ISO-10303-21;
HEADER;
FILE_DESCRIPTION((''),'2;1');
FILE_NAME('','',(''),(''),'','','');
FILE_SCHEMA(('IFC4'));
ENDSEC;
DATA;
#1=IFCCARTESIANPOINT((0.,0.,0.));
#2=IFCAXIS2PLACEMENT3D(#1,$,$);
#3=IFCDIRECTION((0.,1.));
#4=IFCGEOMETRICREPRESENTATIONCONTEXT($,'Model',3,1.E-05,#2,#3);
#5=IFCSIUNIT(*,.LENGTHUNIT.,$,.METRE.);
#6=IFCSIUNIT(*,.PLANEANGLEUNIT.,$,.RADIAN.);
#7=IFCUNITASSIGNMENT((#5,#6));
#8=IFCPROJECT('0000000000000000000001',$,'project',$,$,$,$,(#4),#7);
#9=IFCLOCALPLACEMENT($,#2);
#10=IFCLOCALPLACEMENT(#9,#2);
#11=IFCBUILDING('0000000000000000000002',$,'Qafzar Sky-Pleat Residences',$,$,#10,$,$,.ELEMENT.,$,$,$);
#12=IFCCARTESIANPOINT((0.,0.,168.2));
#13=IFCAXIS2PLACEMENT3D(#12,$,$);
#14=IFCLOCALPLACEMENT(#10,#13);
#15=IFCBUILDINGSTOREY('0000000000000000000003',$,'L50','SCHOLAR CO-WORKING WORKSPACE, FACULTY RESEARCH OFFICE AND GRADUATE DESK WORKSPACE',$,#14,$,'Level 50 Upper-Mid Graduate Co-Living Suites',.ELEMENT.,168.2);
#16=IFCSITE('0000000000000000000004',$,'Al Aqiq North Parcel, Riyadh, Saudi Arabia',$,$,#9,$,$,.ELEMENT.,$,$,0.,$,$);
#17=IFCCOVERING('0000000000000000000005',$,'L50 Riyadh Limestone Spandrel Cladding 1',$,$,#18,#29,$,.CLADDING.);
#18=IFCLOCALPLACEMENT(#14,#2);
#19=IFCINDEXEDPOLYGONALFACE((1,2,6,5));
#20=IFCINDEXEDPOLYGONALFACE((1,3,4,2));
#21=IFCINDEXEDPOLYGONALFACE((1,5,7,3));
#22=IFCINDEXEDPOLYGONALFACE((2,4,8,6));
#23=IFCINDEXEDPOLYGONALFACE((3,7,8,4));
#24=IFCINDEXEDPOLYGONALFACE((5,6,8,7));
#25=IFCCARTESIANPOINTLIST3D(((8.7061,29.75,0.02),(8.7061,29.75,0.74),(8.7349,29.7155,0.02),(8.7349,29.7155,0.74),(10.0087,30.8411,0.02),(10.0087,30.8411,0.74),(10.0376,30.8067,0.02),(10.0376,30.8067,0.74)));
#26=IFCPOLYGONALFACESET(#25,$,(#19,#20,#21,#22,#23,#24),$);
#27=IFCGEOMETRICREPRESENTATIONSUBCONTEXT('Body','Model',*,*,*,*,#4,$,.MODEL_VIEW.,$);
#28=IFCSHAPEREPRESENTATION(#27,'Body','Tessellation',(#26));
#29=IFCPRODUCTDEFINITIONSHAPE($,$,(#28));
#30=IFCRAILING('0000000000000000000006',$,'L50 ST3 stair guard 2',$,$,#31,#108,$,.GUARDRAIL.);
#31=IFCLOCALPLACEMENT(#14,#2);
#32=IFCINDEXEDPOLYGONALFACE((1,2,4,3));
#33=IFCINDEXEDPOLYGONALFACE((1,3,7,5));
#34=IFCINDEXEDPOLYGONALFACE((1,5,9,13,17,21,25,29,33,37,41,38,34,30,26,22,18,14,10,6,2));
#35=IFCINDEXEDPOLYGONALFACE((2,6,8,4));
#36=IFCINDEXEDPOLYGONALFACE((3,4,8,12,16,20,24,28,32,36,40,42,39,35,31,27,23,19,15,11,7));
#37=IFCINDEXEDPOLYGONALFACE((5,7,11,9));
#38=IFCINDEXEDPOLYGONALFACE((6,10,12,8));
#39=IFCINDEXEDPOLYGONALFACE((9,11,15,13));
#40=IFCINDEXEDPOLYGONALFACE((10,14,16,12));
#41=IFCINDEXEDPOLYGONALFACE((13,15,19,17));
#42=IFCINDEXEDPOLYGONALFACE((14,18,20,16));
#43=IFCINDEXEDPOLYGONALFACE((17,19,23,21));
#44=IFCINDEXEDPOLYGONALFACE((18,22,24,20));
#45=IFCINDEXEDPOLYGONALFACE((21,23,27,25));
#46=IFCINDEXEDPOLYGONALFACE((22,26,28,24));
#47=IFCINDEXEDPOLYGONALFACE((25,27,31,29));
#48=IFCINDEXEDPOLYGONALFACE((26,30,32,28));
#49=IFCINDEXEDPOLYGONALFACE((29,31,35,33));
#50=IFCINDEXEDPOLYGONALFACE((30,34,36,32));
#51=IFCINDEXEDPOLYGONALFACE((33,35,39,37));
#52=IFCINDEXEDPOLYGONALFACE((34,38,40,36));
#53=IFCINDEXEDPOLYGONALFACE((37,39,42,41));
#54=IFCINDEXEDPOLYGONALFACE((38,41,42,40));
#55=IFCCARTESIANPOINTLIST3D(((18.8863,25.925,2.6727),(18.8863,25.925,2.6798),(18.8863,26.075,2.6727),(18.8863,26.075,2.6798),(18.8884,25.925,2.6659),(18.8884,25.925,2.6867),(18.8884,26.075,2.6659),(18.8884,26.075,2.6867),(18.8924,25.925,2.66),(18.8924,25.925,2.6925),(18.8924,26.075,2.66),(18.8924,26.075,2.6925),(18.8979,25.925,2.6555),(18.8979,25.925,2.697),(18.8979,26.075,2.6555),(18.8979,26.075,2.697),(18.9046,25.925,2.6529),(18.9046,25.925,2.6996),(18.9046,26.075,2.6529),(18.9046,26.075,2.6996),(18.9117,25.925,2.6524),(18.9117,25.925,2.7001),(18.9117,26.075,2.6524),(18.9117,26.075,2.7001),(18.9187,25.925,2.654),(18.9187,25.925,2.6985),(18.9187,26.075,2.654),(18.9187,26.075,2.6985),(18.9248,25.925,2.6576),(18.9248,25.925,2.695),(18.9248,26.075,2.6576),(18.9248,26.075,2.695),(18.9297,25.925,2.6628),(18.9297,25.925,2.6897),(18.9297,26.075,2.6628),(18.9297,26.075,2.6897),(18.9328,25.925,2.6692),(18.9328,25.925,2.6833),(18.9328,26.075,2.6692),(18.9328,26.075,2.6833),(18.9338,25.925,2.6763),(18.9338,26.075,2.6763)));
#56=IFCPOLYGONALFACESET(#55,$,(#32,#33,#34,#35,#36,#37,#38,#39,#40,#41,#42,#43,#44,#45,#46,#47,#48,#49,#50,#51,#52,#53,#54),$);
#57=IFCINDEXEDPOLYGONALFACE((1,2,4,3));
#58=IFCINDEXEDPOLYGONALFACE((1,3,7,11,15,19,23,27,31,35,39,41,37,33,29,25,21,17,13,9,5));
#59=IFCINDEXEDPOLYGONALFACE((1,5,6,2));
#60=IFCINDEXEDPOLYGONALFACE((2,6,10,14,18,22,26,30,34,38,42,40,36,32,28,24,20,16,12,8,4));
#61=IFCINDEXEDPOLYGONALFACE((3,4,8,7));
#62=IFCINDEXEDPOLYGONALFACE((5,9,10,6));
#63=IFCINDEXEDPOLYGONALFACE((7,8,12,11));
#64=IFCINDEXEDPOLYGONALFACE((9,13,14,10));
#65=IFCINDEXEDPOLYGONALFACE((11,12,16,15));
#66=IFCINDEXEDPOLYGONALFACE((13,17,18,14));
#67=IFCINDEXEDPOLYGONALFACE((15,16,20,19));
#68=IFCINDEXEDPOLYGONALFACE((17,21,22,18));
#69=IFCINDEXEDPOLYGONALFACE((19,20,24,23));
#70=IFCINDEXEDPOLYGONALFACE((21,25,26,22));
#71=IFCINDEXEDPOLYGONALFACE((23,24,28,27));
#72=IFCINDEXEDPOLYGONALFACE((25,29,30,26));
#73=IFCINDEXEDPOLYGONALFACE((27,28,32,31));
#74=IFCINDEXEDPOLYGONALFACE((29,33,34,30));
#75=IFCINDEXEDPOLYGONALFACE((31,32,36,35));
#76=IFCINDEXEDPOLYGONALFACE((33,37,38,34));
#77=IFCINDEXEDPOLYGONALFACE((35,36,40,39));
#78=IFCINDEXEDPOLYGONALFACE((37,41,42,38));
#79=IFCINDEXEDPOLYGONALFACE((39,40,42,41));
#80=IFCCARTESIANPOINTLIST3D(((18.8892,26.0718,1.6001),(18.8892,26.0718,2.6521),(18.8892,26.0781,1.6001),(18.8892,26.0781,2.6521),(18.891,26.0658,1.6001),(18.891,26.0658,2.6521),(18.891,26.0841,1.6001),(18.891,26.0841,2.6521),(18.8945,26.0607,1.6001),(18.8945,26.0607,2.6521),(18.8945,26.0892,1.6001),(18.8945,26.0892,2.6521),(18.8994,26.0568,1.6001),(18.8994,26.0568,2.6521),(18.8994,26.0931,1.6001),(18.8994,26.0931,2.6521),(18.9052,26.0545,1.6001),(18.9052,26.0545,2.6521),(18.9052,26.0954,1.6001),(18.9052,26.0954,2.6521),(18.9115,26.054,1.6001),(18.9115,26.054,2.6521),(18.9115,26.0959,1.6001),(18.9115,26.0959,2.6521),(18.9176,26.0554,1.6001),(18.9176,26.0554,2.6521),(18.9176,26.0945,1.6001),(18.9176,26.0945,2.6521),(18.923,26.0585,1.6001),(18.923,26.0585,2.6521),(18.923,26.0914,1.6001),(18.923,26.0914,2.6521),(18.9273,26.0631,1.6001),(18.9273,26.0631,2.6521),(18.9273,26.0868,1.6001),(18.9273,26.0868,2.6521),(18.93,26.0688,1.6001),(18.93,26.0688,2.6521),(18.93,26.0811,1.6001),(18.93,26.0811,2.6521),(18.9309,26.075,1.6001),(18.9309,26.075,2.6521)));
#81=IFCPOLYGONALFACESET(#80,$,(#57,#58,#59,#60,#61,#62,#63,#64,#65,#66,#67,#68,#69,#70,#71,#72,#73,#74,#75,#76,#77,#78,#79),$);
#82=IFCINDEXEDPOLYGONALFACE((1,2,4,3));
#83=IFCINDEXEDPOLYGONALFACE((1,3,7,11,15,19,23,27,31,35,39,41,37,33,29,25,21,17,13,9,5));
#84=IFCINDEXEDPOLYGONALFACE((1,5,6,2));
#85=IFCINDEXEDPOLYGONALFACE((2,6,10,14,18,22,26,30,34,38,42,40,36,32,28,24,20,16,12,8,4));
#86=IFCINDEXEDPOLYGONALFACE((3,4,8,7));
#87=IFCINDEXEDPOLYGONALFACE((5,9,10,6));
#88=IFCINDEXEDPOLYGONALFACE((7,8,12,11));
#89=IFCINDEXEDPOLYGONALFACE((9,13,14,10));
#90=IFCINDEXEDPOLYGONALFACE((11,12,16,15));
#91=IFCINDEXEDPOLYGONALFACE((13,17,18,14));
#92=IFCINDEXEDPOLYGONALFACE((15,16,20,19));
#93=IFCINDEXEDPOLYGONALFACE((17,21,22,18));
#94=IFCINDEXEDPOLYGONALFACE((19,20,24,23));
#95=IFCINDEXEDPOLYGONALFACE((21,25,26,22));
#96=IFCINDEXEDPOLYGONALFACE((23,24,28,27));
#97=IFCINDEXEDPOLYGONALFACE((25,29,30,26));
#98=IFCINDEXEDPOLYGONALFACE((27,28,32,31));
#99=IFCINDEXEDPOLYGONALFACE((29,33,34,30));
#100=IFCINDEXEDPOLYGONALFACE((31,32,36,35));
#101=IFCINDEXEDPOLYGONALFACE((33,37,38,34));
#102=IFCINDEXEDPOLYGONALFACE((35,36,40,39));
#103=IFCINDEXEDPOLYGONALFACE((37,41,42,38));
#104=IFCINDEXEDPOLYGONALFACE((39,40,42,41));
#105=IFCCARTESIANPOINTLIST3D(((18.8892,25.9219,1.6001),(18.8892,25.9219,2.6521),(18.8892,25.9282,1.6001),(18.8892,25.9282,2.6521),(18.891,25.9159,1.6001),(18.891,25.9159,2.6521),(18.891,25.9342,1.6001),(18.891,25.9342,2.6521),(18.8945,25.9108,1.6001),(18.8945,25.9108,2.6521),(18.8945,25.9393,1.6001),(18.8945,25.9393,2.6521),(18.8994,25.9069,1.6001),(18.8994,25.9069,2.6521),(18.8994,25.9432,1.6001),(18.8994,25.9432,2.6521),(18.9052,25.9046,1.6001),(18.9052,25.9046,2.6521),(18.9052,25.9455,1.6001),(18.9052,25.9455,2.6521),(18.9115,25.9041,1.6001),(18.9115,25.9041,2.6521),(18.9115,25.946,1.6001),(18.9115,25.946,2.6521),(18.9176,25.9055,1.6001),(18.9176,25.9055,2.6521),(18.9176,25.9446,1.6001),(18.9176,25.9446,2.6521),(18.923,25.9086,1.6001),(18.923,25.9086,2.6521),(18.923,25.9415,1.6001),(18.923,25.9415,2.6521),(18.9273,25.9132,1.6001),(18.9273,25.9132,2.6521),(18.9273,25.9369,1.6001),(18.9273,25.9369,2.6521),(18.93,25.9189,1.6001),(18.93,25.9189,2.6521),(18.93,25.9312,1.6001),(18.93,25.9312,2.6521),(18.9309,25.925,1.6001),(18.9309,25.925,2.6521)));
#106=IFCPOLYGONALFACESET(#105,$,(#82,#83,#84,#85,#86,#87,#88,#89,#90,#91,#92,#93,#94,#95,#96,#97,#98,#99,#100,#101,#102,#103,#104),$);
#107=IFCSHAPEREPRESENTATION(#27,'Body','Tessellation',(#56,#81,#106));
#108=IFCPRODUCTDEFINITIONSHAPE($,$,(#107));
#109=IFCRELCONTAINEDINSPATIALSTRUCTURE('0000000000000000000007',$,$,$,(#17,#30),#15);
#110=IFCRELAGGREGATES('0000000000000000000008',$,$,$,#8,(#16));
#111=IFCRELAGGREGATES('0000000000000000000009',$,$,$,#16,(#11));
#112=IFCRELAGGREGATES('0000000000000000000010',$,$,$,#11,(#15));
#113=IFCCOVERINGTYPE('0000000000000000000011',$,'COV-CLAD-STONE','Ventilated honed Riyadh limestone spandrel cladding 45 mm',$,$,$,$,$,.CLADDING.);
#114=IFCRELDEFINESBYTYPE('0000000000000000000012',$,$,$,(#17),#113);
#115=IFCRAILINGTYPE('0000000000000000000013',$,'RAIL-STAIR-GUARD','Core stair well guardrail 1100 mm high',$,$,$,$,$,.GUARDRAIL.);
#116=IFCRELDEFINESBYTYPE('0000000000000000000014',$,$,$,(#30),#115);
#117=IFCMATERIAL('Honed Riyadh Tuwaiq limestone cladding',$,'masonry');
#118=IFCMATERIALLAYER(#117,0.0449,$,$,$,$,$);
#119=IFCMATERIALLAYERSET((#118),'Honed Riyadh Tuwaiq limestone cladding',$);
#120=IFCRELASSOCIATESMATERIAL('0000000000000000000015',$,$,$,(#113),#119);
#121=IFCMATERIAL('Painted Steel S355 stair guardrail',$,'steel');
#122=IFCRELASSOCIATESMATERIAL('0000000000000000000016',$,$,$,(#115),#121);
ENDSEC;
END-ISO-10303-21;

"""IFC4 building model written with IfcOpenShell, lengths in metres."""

from ifc_helpers import new_model, si_unit, direction, frame, origin, origin_2d, place, context, subcontext, project, spatial, rectangle, circle, extrude, source, transform, mapped, material, layer, layer_set, type_object, element, save


model = new_model("IFC4")

# Units and contexts
model_context = context("Model", 3, precision=1e-05, world=origin(), true_north=direction((0.0, 1.0)))
body_context = subcontext(model_context, "Body", "Model", "MODEL_VIEW")
ifc_project = project(units=[si_unit("LENGTHUNIT", "METRE"), si_unit("PLANEANGLEUNIT", "RADIAN")], contexts=[model_context])

# Site, building, storey
site_placement = place(None, origin())
site = spatial("IfcSite", under=ifc_project, at=site_placement, Name="Al Aqiq North Parcel, Riyadh, Saudi Arabia", CompositionType="ELEMENT", RefElevation=0.0)
building_placement = place(site_placement, origin())
building = spatial("IfcBuilding", under=site, at=building_placement, Name="Qafzar Sky-Pleat Residences", CompositionType="ELEMENT")
storey_placement = place(building_placement, frame((0.0, 0.0, 168.2)))
storey = spatial("IfcBuildingStorey", under=building, at=storey_placement, Name="L50", Description="SCHOLAR CO-WORKING WORKSPACE, FACULTY RESEARCH OFFICE AND GRADUATE DESK WORKSPACE", LongName="Level 50 Upper-Mid Graduate Co-Living Suites", CompositionType="ELEMENT", Elevation=168.2)

# Covering
ifc_material_1 = material(Name="Honed Riyadh Tuwaiq limestone cladding", Category="masonry")
ifc_layer_1 = layer(ifc_material_1, 0.0449)
ifc_layer_set_1 = layer_set([ifc_layer_1], Name="Honed Riyadh Tuwaiq limestone cladding")
covering_type = type_object("IfcCoveringType", Name="COV-CLAD-STONE", Description="Ventilated honed Riyadh limestone spandrel cladding 45 mm", PredefinedType="CLADDING", material=ifc_layer_set_1)
shared_shape_1 = source(origin(), body_context, "Body", "SweptSolid", [
    extrude(rectangle(XDim=1.6992, YDim=0.0449, at=origin_2d()), origin(), (0.0, 0.0, 1.0), 0.72),
])
covering_placement = place(storey_placement, frame((9.3718, 30.2783, 0.02), z_axis=(0.0, 0.0, 1.0), x_axis=(-0.766595, -0.642131, 0.0)))
element("IfcCovering", 1, at=covering_placement, inside=storey, type_object=covering_type, Name="L50 Riyadh Limestone Spandrel Cladding 1", PredefinedType="CLADDING", context=body_context, shape_type="MappedRepresentation", body=[
    mapped(shared_shape_1, transform((0.0, 0.0, 0.0), x_axis=(1.0, 0.0, 0.0), y_axis=(0.0, 1.0, 0.0), z_axis=(0.0, 0.0, 1.0), scale=1.0)),
])

# Railing
ifc_material_2 = material(Name="Painted Steel S355 stair guardrail", Category="steel")
railing_type = type_object("IfcRailingType", Name="RAIL-STAIR-GUARD", Description="Core stair well guardrail 1100 mm high", PredefinedType="GUARDRAIL", material=ifc_material_2)
shared_shape_2 = source(origin(), body_context, "Body", "SweptSolid", [
    extrude(circle(Radius=0.0239, at=origin_2d()), frame((0.0, 0.0, 1.0762), z_axis=(0.0, -1.0, 0.0), x_axis=(1.0, 0.0, 0.0)), (0.0, 0.0, 1.0), 0.1499),
    extrude(circle(Radius=0.021, at=origin_2d()), origin(), (0.0, 0.0, 1.0), 1.052),
    extrude(circle(Radius=0.021, at=origin_2d()), frame((0.0, -0.1499, 0.0)), (0.0, 0.0, 1.0), 1.052),
])
railing_1_placement = place(storey_placement, frame((18.9099, 26.075, 1.6001)))
element("IfcRailing", 2, at=railing_1_placement, inside=storey, type_object=railing_type, Name="L50 ST3 stair guard 2", PredefinedType="GUARDRAIL", context=body_context, shape_type="MappedRepresentation", body=[
    mapped(shared_shape_2, transform((0.0, 0.0, 0.0), x_axis=(1.0, 0.0, 0.0), y_axis=(0.0, 1.0, 0.0), z_axis=(0.0, 0.0, 1.0), scale=1.0)),
])

save(model, "model.ifc")
